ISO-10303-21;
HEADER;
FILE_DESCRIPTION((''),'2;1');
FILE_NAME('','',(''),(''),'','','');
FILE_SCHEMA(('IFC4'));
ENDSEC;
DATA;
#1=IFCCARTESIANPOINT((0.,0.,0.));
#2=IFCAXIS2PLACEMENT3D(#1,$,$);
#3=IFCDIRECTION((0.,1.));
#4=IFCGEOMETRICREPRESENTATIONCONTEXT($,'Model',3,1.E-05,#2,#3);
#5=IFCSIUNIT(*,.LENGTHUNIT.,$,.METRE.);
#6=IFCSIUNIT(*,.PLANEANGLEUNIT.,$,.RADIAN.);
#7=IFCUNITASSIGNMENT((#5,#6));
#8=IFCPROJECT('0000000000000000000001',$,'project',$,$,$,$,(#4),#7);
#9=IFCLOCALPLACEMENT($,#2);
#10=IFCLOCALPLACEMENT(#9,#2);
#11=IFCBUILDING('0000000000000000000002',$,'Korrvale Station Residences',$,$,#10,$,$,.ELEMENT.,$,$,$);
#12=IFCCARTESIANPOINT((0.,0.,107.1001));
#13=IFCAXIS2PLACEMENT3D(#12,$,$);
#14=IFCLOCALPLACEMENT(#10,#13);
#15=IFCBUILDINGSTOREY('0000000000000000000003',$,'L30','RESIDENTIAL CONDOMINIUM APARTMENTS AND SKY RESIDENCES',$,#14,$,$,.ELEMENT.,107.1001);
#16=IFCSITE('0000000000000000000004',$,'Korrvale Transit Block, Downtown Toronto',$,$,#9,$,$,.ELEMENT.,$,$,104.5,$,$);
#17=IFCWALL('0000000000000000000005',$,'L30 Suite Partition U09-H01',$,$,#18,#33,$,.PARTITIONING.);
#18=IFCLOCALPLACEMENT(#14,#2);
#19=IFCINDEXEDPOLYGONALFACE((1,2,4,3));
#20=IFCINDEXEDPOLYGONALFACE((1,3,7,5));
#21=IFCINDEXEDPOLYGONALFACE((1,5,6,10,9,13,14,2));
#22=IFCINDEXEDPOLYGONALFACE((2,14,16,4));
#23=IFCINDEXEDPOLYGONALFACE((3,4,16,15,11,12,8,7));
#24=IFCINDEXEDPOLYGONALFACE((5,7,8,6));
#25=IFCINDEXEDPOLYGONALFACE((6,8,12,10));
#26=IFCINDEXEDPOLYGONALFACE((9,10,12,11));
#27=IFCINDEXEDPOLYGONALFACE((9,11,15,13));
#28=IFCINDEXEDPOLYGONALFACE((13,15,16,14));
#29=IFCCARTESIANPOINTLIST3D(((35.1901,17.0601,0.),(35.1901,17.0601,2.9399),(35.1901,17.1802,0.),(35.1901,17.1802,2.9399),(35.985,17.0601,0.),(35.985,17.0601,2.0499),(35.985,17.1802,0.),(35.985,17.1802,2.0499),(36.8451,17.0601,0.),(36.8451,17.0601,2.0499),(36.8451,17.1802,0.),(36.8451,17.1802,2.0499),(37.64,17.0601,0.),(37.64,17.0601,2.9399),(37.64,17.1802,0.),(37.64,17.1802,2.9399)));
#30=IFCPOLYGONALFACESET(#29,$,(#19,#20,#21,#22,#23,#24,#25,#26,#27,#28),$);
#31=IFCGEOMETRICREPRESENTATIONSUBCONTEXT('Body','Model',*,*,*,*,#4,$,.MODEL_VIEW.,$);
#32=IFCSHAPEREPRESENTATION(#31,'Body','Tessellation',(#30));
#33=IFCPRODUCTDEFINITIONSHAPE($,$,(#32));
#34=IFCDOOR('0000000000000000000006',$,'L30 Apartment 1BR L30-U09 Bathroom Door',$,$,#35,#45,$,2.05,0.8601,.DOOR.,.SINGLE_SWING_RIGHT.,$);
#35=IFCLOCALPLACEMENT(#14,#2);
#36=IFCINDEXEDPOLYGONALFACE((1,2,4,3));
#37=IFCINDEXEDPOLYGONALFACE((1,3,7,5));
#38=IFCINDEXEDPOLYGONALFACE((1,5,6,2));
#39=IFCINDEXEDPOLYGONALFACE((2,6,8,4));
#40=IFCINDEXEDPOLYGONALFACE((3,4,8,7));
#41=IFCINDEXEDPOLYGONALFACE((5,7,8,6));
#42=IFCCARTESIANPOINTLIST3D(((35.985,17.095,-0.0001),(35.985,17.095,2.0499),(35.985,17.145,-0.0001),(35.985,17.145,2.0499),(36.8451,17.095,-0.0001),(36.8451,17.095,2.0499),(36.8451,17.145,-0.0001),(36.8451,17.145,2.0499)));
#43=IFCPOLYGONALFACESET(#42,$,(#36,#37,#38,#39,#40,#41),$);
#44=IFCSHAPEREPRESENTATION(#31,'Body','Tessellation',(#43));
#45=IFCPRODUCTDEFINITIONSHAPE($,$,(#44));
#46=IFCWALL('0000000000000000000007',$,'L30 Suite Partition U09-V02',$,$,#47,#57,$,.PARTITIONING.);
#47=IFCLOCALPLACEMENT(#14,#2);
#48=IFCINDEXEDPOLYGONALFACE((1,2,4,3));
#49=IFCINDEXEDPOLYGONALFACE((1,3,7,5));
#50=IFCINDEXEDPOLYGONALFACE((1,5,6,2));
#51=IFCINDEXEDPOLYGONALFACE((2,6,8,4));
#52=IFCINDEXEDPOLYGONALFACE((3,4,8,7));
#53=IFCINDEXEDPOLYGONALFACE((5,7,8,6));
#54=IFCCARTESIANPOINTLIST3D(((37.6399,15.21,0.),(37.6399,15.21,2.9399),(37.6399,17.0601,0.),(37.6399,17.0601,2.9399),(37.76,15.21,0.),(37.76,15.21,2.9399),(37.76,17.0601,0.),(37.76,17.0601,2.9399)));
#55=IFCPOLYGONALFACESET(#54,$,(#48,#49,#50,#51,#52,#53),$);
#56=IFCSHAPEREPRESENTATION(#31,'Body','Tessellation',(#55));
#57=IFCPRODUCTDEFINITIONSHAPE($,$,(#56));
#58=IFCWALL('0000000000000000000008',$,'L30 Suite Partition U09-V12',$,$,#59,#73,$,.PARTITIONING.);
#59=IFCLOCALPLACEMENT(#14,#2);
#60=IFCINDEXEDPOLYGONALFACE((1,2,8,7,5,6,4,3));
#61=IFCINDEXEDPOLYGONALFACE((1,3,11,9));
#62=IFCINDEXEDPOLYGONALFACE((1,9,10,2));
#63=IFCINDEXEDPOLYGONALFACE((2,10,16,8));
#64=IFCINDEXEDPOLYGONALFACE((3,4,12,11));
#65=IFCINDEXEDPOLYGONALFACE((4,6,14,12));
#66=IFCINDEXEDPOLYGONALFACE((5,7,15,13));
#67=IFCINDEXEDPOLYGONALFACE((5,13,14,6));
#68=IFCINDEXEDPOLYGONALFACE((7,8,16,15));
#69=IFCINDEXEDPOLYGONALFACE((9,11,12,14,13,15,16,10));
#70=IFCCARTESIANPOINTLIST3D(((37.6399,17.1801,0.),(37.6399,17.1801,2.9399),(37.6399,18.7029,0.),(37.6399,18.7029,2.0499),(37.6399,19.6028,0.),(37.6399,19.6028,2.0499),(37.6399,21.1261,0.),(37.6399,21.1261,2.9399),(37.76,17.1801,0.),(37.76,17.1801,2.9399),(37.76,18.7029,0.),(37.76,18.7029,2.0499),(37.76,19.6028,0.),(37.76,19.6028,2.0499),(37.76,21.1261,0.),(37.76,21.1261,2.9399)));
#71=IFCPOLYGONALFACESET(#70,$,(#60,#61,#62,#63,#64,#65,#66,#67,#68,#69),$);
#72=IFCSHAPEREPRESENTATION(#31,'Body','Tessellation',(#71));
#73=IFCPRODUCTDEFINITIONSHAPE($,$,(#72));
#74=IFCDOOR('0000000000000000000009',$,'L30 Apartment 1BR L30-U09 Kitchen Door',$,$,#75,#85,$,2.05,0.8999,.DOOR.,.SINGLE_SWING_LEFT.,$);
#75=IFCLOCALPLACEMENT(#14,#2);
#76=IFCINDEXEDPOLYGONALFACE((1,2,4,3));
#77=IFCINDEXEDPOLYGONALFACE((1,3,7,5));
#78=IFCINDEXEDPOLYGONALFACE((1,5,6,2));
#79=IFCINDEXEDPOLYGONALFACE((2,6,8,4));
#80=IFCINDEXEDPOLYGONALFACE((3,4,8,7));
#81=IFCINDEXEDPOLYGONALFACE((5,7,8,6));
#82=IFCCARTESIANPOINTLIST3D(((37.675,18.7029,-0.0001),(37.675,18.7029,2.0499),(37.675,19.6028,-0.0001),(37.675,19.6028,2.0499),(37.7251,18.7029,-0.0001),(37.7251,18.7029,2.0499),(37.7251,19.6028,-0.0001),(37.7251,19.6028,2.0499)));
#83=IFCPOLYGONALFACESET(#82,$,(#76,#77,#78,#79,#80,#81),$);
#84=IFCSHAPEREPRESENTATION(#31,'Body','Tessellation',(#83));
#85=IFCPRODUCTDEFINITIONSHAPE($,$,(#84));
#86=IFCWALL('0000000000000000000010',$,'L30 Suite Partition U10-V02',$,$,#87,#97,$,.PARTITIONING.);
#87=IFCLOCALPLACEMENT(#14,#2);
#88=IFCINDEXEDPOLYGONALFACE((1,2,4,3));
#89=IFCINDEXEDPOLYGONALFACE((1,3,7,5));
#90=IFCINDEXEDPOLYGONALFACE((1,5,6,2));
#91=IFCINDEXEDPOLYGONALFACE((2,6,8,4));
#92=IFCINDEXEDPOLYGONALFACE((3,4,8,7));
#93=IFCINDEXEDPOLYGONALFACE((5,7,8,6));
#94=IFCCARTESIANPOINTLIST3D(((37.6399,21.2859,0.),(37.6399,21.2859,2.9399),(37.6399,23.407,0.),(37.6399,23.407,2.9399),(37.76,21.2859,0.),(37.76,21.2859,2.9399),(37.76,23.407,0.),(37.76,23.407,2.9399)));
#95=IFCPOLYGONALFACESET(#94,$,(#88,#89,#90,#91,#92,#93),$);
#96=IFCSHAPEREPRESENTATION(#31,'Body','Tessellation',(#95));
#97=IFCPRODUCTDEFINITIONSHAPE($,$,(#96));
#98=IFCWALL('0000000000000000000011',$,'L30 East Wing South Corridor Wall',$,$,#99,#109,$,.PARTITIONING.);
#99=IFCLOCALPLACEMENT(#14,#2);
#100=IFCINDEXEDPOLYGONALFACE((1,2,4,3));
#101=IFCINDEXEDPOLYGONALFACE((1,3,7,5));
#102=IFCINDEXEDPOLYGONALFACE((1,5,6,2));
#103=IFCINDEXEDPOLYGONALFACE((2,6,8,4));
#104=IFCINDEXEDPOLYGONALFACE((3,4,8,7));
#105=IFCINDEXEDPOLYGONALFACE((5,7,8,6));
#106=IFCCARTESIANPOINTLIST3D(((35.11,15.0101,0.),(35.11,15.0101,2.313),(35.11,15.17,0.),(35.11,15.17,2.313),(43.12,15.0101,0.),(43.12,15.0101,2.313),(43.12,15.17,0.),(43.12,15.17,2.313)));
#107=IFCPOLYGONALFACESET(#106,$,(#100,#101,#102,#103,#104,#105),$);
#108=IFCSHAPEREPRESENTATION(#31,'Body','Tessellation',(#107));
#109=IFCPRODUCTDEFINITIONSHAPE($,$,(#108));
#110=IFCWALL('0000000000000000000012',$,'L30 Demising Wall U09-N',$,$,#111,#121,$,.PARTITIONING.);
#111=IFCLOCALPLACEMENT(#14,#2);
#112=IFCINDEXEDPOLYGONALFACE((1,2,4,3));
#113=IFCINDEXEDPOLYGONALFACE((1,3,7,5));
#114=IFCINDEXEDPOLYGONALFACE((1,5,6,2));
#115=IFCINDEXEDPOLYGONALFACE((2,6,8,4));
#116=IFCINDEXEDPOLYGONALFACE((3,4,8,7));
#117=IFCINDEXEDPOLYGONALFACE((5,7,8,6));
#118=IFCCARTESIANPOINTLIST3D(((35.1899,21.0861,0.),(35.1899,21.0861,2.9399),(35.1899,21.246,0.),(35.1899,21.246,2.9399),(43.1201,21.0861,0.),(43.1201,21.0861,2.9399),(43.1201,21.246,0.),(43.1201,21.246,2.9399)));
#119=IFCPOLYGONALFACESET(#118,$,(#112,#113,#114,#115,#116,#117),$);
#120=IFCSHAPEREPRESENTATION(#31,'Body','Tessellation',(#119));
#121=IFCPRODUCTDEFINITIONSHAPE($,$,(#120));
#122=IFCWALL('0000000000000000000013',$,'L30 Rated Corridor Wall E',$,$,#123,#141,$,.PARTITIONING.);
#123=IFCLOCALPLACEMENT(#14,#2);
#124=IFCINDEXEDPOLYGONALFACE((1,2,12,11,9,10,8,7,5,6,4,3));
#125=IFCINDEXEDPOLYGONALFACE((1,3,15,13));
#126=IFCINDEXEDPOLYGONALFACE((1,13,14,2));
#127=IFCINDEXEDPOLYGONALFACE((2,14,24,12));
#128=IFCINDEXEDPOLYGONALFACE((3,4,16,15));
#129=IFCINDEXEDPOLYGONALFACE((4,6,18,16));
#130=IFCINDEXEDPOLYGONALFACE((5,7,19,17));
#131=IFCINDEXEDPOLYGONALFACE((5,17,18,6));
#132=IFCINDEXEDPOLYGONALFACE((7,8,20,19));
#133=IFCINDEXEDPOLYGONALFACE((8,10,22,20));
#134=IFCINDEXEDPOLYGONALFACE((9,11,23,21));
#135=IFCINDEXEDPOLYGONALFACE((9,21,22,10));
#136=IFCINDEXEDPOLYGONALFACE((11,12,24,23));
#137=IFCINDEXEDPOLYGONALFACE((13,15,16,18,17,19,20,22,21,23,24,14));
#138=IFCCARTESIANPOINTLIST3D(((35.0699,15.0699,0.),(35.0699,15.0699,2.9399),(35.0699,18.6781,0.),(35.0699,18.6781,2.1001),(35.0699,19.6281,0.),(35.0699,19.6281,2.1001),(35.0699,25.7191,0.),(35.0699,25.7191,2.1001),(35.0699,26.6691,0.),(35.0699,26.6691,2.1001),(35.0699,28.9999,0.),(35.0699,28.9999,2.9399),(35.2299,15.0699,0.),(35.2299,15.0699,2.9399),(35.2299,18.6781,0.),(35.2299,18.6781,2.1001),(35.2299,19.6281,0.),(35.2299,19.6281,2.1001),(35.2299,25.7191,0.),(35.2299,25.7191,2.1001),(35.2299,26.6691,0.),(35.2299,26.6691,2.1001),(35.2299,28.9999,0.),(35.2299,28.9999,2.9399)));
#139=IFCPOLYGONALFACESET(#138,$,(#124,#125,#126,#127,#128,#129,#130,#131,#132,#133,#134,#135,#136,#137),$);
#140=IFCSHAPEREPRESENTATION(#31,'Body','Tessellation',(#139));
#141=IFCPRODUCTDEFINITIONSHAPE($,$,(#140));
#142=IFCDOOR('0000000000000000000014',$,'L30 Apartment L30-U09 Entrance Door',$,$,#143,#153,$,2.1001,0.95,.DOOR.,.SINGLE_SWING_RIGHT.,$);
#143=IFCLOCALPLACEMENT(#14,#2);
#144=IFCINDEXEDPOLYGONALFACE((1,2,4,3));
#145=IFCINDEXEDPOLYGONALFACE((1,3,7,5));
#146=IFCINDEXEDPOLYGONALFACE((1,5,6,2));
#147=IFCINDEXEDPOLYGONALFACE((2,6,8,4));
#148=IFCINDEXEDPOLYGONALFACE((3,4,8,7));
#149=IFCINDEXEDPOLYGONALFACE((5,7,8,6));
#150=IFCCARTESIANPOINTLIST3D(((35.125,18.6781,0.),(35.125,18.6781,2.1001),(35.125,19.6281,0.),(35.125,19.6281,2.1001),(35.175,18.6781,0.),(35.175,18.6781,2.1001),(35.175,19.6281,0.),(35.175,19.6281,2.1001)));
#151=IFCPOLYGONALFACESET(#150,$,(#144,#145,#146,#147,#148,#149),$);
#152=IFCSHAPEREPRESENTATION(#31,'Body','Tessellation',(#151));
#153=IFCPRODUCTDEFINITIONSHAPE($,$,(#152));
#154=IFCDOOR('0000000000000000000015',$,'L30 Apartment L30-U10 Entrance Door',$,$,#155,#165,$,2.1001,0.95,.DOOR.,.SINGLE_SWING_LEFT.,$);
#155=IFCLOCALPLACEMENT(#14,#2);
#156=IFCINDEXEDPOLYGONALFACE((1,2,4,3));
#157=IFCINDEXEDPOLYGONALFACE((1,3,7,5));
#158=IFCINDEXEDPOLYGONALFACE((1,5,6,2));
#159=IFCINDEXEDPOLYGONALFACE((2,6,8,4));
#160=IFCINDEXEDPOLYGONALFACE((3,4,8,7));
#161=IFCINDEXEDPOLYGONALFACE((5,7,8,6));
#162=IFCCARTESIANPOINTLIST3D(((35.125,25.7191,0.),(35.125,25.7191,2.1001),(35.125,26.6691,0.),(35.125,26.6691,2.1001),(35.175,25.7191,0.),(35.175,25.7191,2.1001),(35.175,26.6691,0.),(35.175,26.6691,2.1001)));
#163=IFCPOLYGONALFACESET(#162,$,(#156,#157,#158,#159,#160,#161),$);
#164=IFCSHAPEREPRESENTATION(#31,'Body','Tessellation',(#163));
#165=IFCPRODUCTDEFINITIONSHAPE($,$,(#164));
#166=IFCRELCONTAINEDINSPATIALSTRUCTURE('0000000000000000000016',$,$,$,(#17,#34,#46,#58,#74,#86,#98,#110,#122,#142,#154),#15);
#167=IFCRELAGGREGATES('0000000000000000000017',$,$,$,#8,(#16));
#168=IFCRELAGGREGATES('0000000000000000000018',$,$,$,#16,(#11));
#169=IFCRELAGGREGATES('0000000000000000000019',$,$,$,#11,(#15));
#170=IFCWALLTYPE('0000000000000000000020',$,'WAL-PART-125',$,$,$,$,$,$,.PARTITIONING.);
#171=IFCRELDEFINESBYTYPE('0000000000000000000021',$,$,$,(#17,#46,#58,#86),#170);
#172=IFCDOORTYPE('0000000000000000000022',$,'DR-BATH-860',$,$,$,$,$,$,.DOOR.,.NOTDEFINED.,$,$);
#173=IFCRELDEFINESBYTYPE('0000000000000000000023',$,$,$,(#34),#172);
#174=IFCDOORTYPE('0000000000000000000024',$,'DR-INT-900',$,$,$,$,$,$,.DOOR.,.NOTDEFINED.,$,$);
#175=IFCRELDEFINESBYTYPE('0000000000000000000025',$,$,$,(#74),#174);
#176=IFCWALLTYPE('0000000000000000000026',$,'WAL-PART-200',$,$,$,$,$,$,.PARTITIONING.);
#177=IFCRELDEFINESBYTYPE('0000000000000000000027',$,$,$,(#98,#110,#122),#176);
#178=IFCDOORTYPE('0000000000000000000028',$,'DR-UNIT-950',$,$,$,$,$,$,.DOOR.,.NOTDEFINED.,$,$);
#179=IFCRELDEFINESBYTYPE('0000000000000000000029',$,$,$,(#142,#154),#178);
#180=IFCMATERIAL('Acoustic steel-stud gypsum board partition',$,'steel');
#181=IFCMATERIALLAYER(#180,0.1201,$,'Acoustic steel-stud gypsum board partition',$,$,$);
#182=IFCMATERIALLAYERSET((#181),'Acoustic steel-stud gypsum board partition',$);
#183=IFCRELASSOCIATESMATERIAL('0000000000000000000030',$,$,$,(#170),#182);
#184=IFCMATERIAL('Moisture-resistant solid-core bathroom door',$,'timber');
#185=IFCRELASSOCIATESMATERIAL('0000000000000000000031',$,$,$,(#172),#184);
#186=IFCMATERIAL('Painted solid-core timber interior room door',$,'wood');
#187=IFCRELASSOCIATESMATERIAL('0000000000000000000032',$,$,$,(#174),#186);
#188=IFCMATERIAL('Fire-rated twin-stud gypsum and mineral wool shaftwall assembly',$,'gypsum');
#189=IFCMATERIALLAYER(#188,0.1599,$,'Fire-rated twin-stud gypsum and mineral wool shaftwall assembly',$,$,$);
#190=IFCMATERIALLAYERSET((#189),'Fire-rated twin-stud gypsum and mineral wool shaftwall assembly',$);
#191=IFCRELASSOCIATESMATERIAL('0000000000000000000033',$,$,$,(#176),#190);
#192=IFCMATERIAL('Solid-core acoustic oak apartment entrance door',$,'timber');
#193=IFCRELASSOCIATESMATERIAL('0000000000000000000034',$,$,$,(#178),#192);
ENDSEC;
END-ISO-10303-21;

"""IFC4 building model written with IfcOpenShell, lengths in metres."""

from ifc_helpers import new_model, si_unit, direction, frame, frame_2d, origin, place, context, subcontext, project, spatial, rectangle, extrude, material, layer, layer_set, type_object, element, fill, save


model = new_model("IFC4")

# Units and contexts
model_context = context("Model", 3, precision=1e-05, world=origin(), true_north=direction((0.0, 1.0)))
body_context = subcontext(model_context, "Body", "Model", "MODEL_VIEW")
ifc_project = project(units=[si_unit("LENGTHUNIT", "METRE"), si_unit("PLANEANGLEUNIT", "RADIAN")], contexts=[model_context])

# Site, building, storey
site_placement = place(None, origin())
site = spatial("IfcSite", under=ifc_project, at=site_placement, Name="Korrvale Transit Block, Downtown Toronto", CompositionType="ELEMENT", RefElevation=104.5)
building_placement = place(site_placement, origin())
building = spatial("IfcBuilding", under=site, at=building_placement, Name="Korrvale Station Residences", CompositionType="ELEMENT")
storey_placement = place(building_placement, frame((0.0, 0.0, 107.1001)))
storey = spatial("IfcBuildingStorey", under=building, at=storey_placement, Name="L30", Description="RESIDENTIAL CONDOMINIUM APARTMENTS AND SKY RESIDENCES", CompositionType="ELEMENT", Elevation=107.1001)

# Wall, opening, door
ifc_material_1 = material(Name="Acoustic steel-stud gypsum board partition", Category="steel")
ifc_layer_1 = layer(ifc_material_1, 0.1201, Name="Acoustic steel-stud gypsum board partition")
ifc_layer_set_1 = layer_set([ifc_layer_1], Name="Acoustic steel-stud gypsum board partition")
wall_type_1 = type_object("IfcWallType", Name="WAL-PART-125", PredefinedType="PARTITIONING", material=ifc_layer_set_1)
wall_1_placement = place(storey_placement, frame((35.1899, 17.1201, 0.0), z_axis=(0.0, 0.0, 1.0), x_axis=(1.0, 0.0, 0.0)))
wall_1 = element("IfcWall", 1, at=wall_1_placement, inside=storey, type_object=wall_type_1, Name="L30 Suite Partition U09-H01", PredefinedType="PARTITIONING", context=body_context, shape_type="SweptSolid", body=[
    extrude(rectangle(XDim=2.45, YDim=0.1201, at=frame_2d((1.2251, 0.0))), origin(), (0.0, 0.0, 1.0), 2.9399),
])
opening_1_placement = place(wall_1_placement, frame((0.7949, 0.0, 0.0)))
opening_1 = element("IfcOpeningElement", 2, at=opening_1_placement, cuts=wall_1, PredefinedType="OPENING", context=body_context, shape_type="SweptSolid", body=[
    extrude(rectangle(XDim=0.8601, YDim=2.05, at=frame_2d((0.4302, 1.0249))), frame((0.0, 0.0701, 0.0), z_axis=(0.0, -1.0, 0.0), x_axis=(1.0, 0.0, 0.0)), (0.0, 0.0, 1.0), 0.1401),
])
ifc_material_2 = material(Name="Moisture-resistant solid-core bathroom door", Category="timber")
door_type_1 = type_object("IfcDoorType", Name="DR-BATH-860", OperationType="NOTDEFINED", PredefinedType="DOOR", material=ifc_material_2)
door_1_placement = place(opening_1_placement, origin())
door_1 = element("IfcDoor", 3, at=door_1_placement, inside=storey, type_object=door_type_1, Name="L30 Apartment 1BR L30-U09 Bathroom Door", OperationType="SINGLE_SWING_RIGHT", OverallHeight=2.05, OverallWidth=0.8601, PredefinedType="DOOR", context=body_context, shape_type="SweptSolid", body=[
    extrude(rectangle(XDim=0.8601, YDim=2.05, at=frame_2d((0.4302, 1.0249))), frame((0.0, 0.0249, 0.0), z_axis=(0.0, -1.0, 0.0), x_axis=(1.0, 0.0, 0.0)), (0.0, 0.0, 1.0), 0.05),
])
fill(opening_1, door_1)

# Wall
wall_2_placement = place(storey_placement, frame((37.7, 15.21, 0.0), z_axis=(0.0, 0.0, 1.0), x_axis=(0.0, 1.0, 0.0)))
element("IfcWall", 4, at=wall_2_placement, inside=storey, type_object=wall_type_1, Name="L30 Suite Partition U09-V02", PredefinedType="PARTITIONING", context=body_context, shape_type="SweptSolid", body=[
    extrude(rectangle(XDim=1.8501, YDim=0.1201, at=frame_2d((0.925, 0.0))), origin(), (0.0, 0.0, 1.0), 2.9399),
])

# Wall, opening, door
wall_3_placement = place(storey_placement, frame((37.7, 17.1799, 0.0), z_axis=(0.0, 0.0, 1.0), x_axis=(0.0, 1.0, 0.0)))
wall_3 = element("IfcWall", 5, at=wall_3_placement, inside=storey, type_object=wall_type_1, Name="L30 Suite Partition U09-V12", PredefinedType="PARTITIONING", context=body_context, shape_type="SweptSolid", body=[
    extrude(rectangle(XDim=3.946, YDim=0.1201, at=frame_2d((1.9731, 0.0))), origin(), (0.0, 0.0, 1.0), 2.9399),
])
opening_2_placement = place(wall_3_placement, frame((1.5229, 0.0, 0.0)))
opening_2 = element("IfcOpeningElement", 6, at=opening_2_placement, cuts=wall_3, PredefinedType="OPENING", context=body_context, shape_type="SweptSolid", body=[
    extrude(rectangle(XDim=0.8999, YDim=2.05, at=frame_2d((0.45, 1.0249))), frame((0.0, 0.0701, 0.0), z_axis=(0.0, -1.0, 0.0), x_axis=(1.0, 0.0, 0.0)), (0.0, 0.0, 1.0), 0.1401),
])
ifc_material_3 = material(Name="Painted solid-core timber interior room door", Category="wood")
door_type_2 = type_object("IfcDoorType", Name="DR-INT-900", OperationType="NOTDEFINED", PredefinedType="DOOR", material=ifc_material_3)
door_2_placement = place(opening_2_placement, origin())
door_2 = element("IfcDoor", 7, at=door_2_placement, inside=storey, type_object=door_type_2, Name="L30 Apartment 1BR L30-U09 Kitchen Door", OperationType="SINGLE_SWING_LEFT", OverallHeight=2.05, OverallWidth=0.8999, PredefinedType="DOOR", context=body_context, shape_type="SweptSolid", body=[
    extrude(rectangle(XDim=0.8999, YDim=2.05, at=frame_2d((0.45, 1.0249))), frame((0.0, 0.0249, 0.0), z_axis=(0.0, -1.0, 0.0), x_axis=(1.0, 0.0, 0.0)), (0.0, 0.0, 1.0), 0.05),
])
fill(opening_2, door_2)

# Walls
wall_4_placement = place(storey_placement, frame((37.7, 21.2859, 0.0), z_axis=(0.0, 0.0, 1.0), x_axis=(0.0, 1.0, 0.0)))
element("IfcWall", 8, at=wall_4_placement, inside=storey, type_object=wall_type_1, Name="L30 Suite Partition U10-V02", PredefinedType="PARTITIONING", context=body_context, shape_type="SweptSolid", body=[
    extrude(rectangle(XDim=2.1211, YDim=0.1201, at=frame_2d((1.0605, 0.0))), origin(), (0.0, 0.0, 1.0), 2.9399),
])
ifc_material_4 = material(Name="Fire-rated twin-stud gypsum and mineral wool shaftwall assembly", Category="gypsum")
ifc_layer_2 = layer(ifc_material_4, 0.1599, Name="Fire-rated twin-stud gypsum and mineral wool shaftwall assembly")
ifc_layer_set_2 = layer_set([ifc_layer_2], Name="Fire-rated twin-stud gypsum and mineral wool shaftwall assembly")
wall_type_2 = type_object("IfcWallType", Name="WAL-PART-200", PredefinedType="PARTITIONING", material=ifc_layer_set_2)
wall_5_placement = place(storey_placement, frame((35.1101, 15.0901, 0.0), z_axis=(0.0, 0.0, 1.0), x_axis=(1.0, 0.0, 0.0)))
element("IfcWall", 9, at=wall_5_placement, inside=storey, type_object=wall_type_2, Name="L30 East Wing South Corridor Wall", PredefinedType="PARTITIONING", context=body_context, shape_type="SweptSolid", body=[
    extrude(rectangle(XDim=8.01, YDim=0.1599, at=frame_2d((4.0049, 0.0))), origin(), (0.0, 0.0, 1.0), 2.313),
])
wall_6_placement = place(storey_placement, frame((35.1899, 21.166, 0.0), z_axis=(0.0, 0.0, 1.0), x_axis=(1.0, 0.0, 0.0)))
element("IfcWall", 10, at=wall_6_placement, inside=storey, type_object=wall_type_2, Name="L30 Demising Wall U09-N", PredefinedType="PARTITIONING", context=body_context, shape_type="SweptSolid", body=[
    extrude(rectangle(XDim=7.9302, YDim=0.1599, at=frame_2d((3.9651, 0.0))), origin(), (0.0, 0.0, 1.0), 2.9399),
])

# Wall, openings, doors
wall_7_placement = place(storey_placement, frame((35.1499, 15.0701, 0.0), z_axis=(0.0, 0.0, 1.0), x_axis=(0.0, 1.0, 0.0)))
wall_7 = element("IfcWall", 11, at=wall_7_placement, inside=storey, type_object=wall_type_2, Name="L30 Rated Corridor Wall E", PredefinedType="PARTITIONING", context=body_context, shape_type="SweptSolid", body=[
    extrude(rectangle(XDim=13.9299, YDim=0.1599, at=frame_2d((6.9648, 0.0))), origin(), (0.0, 0.0, 1.0), 2.9399),
])
opening_3_placement = place(wall_7_placement, frame((3.6079, 0.0, 0.0)))
opening_3 = element("IfcOpeningElement", 12, at=opening_3_placement, cuts=wall_7, PredefinedType="OPENING", context=body_context, shape_type="SweptSolid", body=[
    extrude(rectangle(XDim=0.95, YDim=2.1001, at=frame_2d((0.4751, 1.05))), frame((0.0, 0.0898, 0.0), z_axis=(0.0, -1.0, 0.0), x_axis=(1.0, 0.0, 0.0)), (0.0, 0.0, 1.0), 0.1799),
])
opening_4_placement = place(wall_7_placement, frame((10.6489, 0.0, 0.0)))
opening_4 = element("IfcOpeningElement", 13, at=opening_4_placement, cuts=wall_7, PredefinedType="OPENING", context=body_context, shape_type="SweptSolid", body=[
    extrude(rectangle(XDim=0.95, YDim=2.1001, at=frame_2d((0.4751, 1.05))), frame((0.0, 0.0898, 0.0), z_axis=(0.0, -1.0, 0.0), x_axis=(1.0, 0.0, 0.0)), (0.0, 0.0, 1.0), 0.1799),
])
ifc_material_5 = material(Name="Solid-core acoustic oak apartment entrance door", Category="timber")
door_type_3 = type_object("IfcDoorType", Name="DR-UNIT-950", OperationType="NOTDEFINED", PredefinedType="DOOR", material=ifc_material_5)
door_3_placement = place(opening_3_placement, origin())
door_3 = element("IfcDoor", 14, at=door_3_placement, inside=storey, type_object=door_type_3, Name="L30 Apartment L30-U09 Entrance Door", OperationType="SINGLE_SWING_RIGHT", OverallHeight=2.1001, OverallWidth=0.95, PredefinedType="DOOR", context=body_context, shape_type="SweptSolid", body=[
    extrude(rectangle(XDim=0.95, YDim=2.1001, at=frame_2d((0.4751, 1.05))), frame((0.0, 0.0249, 0.0), z_axis=(0.0, -1.0, 0.0), x_axis=(1.0, 0.0, 0.0)), (0.0, 0.0, 1.0), 0.05),
])
fill(opening_3, door_3)
door_4_placement = place(opening_4_placement, origin())
door_4 = element("IfcDoor", 15, at=door_4_placement, inside=storey, type_object=door_type_3, Name="L30 Apartment L30-U10 Entrance Door", OperationType="SINGLE_SWING_LEFT", OverallHeight=2.1001, OverallWidth=0.95, PredefinedType="DOOR", context=body_context, shape_type="SweptSolid", body=[
    extrude(rectangle(XDim=0.95, YDim=2.1001, at=frame_2d((0.4751, 1.05))), frame((0.0, 0.0249, 0.0), z_axis=(0.0, -1.0, 0.0), x_axis=(1.0, 0.0, 0.0)), (0.0, 0.0, 1.0), 0.05),
])
fill(opening_4, door_4)

save(model, "model.ifc")
